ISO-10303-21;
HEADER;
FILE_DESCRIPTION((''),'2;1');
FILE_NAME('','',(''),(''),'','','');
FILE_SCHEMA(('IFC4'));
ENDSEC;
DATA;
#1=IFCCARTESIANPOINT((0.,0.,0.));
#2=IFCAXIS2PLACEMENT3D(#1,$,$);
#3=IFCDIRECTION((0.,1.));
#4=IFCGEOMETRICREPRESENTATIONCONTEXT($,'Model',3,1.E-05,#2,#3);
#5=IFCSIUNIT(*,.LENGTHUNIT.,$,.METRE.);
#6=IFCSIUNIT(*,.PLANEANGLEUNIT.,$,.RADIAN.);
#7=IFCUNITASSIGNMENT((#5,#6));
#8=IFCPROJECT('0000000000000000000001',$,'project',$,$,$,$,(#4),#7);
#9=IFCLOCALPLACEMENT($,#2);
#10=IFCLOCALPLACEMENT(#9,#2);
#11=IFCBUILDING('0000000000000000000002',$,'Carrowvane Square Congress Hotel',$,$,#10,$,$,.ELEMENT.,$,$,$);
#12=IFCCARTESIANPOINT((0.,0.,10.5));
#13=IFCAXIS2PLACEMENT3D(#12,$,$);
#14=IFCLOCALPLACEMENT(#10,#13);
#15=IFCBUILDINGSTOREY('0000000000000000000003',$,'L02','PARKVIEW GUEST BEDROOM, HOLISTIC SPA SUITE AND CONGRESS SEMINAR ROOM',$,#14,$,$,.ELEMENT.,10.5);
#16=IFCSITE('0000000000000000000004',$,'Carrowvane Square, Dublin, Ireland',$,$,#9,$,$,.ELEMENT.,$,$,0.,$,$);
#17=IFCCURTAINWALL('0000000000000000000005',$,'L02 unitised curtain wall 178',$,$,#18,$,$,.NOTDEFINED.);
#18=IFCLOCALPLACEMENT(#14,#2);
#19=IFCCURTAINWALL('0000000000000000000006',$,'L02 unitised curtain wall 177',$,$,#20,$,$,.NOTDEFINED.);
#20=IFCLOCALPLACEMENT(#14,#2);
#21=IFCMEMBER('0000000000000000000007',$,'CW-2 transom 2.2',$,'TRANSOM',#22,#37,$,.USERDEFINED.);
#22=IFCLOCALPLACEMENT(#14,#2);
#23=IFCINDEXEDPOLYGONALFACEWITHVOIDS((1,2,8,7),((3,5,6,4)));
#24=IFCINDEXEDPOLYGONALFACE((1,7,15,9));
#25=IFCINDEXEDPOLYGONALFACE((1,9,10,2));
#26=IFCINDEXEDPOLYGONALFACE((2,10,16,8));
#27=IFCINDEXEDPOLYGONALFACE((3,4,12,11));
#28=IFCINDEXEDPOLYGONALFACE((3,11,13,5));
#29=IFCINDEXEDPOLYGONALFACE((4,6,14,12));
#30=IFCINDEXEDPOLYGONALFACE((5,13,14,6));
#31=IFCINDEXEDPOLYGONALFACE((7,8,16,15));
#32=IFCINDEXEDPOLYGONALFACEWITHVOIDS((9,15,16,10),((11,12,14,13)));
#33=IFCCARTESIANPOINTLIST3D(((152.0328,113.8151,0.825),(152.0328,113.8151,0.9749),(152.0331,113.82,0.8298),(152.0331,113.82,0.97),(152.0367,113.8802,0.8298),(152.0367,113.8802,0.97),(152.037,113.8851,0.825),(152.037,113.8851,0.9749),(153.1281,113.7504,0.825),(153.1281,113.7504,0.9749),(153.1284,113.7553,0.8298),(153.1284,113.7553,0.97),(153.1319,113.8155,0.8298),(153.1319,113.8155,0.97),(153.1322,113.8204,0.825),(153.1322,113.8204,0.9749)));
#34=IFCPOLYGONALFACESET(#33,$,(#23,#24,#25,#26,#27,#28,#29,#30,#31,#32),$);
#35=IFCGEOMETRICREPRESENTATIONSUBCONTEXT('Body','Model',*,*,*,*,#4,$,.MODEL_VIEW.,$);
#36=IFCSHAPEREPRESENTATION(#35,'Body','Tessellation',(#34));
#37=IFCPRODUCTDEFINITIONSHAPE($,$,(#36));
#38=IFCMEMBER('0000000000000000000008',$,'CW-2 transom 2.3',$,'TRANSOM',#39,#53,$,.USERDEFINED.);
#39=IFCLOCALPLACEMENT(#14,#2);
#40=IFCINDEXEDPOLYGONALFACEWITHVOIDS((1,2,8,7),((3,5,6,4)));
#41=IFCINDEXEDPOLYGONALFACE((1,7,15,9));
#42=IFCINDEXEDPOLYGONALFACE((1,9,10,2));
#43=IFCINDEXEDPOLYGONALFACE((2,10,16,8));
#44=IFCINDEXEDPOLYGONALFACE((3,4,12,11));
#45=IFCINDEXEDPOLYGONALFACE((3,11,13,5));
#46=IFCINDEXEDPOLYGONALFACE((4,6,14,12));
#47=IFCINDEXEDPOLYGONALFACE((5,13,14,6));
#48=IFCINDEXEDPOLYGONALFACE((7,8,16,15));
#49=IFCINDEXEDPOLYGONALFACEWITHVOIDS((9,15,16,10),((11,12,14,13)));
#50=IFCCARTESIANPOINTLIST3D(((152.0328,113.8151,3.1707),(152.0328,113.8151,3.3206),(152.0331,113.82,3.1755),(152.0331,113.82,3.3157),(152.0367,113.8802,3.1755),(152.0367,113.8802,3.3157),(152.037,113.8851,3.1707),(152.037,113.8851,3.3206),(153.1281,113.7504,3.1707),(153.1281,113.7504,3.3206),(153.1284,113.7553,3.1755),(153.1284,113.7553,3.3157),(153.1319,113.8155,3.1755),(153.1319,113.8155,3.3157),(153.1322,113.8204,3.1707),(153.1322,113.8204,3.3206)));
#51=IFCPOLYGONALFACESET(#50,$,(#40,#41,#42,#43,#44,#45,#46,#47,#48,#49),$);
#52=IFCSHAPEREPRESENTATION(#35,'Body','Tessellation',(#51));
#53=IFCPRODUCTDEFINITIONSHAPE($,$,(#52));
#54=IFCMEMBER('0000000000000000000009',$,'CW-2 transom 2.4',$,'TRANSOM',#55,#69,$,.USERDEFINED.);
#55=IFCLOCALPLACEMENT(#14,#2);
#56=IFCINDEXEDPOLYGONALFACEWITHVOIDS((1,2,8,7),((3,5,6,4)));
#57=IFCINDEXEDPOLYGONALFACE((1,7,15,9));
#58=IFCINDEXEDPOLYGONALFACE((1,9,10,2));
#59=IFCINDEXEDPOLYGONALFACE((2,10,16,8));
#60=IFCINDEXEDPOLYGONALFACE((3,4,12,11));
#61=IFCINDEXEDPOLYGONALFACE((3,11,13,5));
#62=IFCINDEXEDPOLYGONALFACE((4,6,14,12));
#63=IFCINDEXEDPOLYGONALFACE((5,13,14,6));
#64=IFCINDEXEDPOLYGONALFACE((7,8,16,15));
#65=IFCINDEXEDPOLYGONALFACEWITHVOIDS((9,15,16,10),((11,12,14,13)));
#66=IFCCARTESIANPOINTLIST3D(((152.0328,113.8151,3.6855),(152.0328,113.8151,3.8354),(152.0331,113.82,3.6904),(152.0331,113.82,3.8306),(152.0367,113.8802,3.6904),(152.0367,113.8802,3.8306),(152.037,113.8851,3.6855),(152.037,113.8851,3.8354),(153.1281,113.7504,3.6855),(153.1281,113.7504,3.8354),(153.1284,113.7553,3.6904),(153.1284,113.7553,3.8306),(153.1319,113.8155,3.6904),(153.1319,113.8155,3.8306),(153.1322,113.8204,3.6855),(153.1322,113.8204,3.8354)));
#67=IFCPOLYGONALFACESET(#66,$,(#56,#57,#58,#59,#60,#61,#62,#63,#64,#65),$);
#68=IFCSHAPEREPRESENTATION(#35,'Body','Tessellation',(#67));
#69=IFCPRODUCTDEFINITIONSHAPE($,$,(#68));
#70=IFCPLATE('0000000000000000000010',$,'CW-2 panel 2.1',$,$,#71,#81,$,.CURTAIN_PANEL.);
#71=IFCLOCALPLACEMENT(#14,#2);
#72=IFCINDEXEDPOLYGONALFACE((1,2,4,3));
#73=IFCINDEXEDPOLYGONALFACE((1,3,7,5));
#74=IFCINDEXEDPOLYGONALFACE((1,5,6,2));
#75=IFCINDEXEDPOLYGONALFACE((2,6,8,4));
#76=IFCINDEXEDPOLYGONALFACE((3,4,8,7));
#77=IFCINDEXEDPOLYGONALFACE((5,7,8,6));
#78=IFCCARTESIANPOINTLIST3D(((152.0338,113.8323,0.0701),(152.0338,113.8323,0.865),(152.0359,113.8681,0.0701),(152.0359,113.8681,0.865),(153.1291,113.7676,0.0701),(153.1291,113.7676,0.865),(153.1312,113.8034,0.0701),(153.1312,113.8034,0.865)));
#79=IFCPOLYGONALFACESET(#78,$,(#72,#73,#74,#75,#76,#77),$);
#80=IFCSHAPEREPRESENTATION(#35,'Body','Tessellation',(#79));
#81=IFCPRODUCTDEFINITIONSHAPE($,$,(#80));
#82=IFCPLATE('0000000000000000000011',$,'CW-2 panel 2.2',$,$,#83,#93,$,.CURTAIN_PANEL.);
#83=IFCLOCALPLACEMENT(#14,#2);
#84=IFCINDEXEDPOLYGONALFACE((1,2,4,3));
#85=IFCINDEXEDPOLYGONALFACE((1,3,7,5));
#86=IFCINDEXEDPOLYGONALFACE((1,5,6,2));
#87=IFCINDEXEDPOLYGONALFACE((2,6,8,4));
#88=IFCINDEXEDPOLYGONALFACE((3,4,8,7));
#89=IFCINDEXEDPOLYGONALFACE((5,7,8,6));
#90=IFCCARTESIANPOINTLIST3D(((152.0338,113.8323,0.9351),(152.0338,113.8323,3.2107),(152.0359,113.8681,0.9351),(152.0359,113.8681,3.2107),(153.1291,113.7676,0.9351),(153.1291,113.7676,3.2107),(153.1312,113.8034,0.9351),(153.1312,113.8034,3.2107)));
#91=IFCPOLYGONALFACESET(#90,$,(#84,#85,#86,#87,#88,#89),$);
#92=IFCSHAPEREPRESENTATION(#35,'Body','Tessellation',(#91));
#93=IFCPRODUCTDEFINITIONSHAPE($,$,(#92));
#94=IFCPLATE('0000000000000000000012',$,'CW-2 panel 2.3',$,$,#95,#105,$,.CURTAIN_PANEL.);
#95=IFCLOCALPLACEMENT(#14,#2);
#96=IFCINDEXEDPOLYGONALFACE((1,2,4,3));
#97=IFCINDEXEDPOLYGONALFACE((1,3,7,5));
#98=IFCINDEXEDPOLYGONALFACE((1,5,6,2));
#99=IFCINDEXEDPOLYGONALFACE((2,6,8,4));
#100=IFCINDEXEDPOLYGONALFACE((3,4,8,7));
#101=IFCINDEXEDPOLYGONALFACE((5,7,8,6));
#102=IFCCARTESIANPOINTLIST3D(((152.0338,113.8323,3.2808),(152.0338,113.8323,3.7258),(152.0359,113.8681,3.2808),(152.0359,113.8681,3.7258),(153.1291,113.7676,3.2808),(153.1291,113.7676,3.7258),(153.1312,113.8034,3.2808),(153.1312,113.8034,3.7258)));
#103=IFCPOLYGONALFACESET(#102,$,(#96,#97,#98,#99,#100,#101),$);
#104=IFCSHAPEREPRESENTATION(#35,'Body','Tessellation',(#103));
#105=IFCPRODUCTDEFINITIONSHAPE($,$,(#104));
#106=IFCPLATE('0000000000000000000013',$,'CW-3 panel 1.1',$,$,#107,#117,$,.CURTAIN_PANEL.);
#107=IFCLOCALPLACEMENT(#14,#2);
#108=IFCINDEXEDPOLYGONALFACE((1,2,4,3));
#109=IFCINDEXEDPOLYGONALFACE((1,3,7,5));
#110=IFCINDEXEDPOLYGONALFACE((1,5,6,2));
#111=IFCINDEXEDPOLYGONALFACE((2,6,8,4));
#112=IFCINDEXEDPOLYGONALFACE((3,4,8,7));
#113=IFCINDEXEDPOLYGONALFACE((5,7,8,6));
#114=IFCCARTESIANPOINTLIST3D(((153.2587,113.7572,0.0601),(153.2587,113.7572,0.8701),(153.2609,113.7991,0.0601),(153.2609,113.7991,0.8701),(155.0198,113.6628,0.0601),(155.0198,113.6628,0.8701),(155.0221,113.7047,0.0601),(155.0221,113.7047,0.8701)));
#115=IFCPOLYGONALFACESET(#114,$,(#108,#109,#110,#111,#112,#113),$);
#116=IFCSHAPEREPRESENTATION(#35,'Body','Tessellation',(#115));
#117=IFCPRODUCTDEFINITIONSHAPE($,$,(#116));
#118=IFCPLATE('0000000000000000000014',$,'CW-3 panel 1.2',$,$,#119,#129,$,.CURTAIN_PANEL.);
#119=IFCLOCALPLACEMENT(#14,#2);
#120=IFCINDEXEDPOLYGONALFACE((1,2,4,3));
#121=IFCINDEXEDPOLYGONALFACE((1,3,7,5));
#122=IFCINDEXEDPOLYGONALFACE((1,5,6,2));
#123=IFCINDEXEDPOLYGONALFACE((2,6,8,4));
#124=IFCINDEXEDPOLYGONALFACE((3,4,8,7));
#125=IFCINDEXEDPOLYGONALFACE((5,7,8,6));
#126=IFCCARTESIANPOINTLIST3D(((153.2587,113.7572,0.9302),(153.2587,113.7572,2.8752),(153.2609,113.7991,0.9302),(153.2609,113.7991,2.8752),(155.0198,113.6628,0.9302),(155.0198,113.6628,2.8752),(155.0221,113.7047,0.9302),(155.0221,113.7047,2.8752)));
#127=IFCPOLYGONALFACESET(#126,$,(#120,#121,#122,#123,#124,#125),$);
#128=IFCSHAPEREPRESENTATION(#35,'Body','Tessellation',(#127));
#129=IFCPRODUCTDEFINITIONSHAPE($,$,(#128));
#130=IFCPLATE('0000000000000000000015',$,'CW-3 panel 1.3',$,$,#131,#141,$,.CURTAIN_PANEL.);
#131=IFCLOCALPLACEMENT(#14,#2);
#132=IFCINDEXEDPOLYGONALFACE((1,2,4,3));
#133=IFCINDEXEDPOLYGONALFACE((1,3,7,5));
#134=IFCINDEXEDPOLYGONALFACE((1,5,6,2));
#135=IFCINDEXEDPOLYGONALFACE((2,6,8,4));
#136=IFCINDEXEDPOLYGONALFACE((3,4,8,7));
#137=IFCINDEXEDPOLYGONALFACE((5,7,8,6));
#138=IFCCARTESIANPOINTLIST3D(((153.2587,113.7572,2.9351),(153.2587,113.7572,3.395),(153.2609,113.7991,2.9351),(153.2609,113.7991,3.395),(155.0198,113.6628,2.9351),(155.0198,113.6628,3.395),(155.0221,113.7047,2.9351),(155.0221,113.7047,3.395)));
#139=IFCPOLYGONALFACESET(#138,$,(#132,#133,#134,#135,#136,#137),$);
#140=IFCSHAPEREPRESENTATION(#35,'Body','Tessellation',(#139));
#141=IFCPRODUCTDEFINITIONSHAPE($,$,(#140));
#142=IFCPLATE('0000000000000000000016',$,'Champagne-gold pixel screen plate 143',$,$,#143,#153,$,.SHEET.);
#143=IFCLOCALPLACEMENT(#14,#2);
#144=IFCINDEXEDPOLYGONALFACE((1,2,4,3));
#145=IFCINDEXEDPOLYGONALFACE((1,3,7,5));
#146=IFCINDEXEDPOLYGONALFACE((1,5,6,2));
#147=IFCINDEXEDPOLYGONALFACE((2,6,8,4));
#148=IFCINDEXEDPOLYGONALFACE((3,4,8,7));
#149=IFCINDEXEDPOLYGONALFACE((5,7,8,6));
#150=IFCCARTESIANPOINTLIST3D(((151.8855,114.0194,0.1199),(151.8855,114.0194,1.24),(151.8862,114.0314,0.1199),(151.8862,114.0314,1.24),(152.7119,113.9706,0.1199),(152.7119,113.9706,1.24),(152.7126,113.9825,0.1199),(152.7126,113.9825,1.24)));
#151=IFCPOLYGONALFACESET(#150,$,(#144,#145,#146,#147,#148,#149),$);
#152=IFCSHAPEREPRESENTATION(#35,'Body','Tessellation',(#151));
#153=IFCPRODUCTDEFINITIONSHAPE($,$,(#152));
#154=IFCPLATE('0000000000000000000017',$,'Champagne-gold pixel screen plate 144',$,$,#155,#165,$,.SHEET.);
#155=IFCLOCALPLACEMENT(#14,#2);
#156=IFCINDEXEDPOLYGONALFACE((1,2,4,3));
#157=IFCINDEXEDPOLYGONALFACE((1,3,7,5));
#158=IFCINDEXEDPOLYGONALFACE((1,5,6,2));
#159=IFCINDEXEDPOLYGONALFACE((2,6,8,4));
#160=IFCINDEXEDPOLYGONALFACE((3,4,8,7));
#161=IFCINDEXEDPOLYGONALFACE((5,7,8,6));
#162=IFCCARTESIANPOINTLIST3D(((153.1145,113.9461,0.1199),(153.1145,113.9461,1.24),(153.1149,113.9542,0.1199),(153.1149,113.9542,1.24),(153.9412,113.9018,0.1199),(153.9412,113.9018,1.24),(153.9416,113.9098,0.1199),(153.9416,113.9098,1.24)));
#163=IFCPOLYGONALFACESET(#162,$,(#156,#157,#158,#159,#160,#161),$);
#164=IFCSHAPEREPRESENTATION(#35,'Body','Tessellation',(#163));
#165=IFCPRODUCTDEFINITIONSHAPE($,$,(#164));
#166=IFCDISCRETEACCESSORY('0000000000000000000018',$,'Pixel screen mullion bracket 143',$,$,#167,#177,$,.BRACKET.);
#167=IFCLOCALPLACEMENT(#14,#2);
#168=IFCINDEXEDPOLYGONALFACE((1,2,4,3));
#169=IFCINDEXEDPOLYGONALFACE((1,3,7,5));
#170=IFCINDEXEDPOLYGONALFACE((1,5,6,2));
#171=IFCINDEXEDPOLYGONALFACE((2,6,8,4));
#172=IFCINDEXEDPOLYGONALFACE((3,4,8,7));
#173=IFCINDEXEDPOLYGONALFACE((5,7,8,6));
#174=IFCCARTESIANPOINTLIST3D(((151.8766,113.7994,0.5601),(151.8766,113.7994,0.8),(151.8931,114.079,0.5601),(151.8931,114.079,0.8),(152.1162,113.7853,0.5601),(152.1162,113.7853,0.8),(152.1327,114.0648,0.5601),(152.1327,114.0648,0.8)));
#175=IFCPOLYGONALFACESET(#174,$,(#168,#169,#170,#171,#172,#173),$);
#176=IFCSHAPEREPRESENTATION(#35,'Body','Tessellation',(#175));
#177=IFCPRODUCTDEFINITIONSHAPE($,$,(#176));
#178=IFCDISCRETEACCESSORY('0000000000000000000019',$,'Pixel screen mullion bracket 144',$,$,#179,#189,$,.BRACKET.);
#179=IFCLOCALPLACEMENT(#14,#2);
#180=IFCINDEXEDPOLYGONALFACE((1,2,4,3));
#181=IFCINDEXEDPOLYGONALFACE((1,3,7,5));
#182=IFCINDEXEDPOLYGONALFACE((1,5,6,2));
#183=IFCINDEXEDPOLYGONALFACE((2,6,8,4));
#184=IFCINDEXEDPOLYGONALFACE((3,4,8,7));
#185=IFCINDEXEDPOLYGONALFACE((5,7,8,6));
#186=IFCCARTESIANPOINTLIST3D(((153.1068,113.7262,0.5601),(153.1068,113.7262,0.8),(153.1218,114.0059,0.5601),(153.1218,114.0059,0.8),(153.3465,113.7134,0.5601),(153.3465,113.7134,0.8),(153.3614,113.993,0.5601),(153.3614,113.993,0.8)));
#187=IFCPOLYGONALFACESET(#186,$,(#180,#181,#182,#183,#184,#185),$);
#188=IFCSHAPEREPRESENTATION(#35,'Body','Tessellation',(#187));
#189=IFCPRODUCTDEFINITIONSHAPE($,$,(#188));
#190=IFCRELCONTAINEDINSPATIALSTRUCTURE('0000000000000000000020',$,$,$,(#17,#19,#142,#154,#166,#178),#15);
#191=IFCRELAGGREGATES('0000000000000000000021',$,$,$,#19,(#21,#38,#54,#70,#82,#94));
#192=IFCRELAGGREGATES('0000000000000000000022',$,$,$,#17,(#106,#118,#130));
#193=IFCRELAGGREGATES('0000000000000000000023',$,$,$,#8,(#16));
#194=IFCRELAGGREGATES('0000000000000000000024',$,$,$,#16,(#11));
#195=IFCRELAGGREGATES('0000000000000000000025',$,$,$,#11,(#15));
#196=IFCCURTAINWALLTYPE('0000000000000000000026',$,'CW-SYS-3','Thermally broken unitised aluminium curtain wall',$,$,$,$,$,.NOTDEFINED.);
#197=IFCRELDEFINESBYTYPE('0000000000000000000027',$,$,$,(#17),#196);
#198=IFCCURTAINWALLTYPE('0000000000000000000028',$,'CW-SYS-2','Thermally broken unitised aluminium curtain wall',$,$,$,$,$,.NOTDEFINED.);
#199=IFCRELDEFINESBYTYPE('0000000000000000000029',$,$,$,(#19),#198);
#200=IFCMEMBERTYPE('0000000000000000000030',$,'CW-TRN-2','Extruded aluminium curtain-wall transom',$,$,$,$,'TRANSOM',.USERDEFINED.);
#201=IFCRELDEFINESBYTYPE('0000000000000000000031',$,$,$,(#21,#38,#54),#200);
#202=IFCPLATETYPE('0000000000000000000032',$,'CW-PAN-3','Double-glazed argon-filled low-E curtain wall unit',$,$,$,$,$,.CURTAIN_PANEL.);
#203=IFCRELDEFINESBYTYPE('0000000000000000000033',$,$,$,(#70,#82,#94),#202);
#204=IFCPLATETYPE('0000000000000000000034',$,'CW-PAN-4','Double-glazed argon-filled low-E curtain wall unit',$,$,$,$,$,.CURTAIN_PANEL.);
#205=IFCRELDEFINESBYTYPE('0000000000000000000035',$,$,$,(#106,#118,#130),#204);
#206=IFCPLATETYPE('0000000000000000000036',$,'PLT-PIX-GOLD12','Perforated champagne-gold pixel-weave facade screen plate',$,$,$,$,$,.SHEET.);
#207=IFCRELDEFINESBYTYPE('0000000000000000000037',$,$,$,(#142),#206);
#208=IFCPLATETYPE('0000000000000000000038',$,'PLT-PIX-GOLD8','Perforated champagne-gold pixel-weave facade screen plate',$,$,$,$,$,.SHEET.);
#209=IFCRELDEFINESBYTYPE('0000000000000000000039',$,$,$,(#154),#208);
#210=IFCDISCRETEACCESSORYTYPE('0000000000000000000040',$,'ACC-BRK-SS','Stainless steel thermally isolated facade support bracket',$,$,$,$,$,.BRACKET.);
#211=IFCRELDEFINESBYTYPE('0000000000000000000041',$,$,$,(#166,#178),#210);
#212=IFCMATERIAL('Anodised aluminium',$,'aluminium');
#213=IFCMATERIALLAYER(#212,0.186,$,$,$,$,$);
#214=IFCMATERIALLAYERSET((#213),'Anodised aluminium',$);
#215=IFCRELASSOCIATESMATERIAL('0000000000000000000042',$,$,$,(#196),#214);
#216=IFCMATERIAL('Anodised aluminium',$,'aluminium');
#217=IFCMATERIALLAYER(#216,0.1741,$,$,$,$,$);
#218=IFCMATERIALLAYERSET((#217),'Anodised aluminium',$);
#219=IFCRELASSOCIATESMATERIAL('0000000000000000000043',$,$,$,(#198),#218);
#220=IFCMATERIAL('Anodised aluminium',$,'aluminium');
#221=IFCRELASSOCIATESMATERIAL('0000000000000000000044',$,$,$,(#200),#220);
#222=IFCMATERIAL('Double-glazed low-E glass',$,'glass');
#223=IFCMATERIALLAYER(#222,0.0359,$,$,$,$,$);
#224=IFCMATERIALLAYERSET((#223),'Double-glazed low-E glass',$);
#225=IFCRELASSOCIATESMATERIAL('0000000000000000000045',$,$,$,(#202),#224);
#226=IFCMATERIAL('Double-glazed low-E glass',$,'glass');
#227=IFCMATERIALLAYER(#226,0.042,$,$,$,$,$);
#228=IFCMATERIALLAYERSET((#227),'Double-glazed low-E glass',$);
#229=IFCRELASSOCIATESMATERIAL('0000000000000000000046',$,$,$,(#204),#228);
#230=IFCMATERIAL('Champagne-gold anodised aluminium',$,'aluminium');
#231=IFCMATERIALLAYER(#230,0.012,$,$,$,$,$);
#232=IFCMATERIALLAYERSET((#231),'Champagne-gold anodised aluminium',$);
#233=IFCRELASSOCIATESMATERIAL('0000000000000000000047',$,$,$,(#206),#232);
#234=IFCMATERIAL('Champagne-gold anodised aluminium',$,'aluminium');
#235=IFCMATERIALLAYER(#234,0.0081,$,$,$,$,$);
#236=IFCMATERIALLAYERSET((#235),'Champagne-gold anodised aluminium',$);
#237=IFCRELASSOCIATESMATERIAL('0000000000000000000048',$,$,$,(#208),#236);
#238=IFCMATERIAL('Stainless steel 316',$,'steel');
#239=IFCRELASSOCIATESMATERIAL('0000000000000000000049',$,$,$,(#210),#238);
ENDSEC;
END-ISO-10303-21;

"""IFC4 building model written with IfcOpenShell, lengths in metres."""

from ifc_helpers import new_model, si_unit, direction, frame, origin, origin_2d, place, context, subcontext, project, spatial, rectangle, hollow_rectangle, extrude, material, layer, layer_set, material_profile, profile_set, type_object, element, aggregate, save


model = new_model("IFC4")

# Units and contexts
model_context = context("Model", 3, precision=1e-05, world=origin(), true_north=direction((0.0, 1.0)))
body_context = subcontext(model_context, "Body", "Model", "MODEL_VIEW")
ifc_project = project(units=[si_unit("LENGTHUNIT", "METRE"), si_unit("PLANEANGLEUNIT", "RADIAN")], contexts=[model_context])

# Site, building, storey
site_placement = place(None, origin())
site = spatial("IfcSite", under=ifc_project, at=site_placement, Name="Carrowvane Square, Dublin, Ireland", CompositionType="ELEMENT", RefElevation=0.0)
building_placement = place(site_placement, origin())
building = spatial("IfcBuilding", under=site, at=building_placement, Name="Carrowvane Square Congress Hotel", CompositionType="ELEMENT")
storey_placement = place(building_placement, frame((0.0, 0.0, 10.5)))
storey = spatial("IfcBuildingStorey", under=building, at=storey_placement, Name="L02", Description="PARKVIEW GUEST BEDROOM, HOLISTIC SPA SUITE AND CONGRESS SEMINAR ROOM", CompositionType="ELEMENT", Elevation=10.5)

# Curtain walls
ifc_material_1 = material(Name="Anodised aluminium", Category="aluminium")
ifc_layer_1 = layer(ifc_material_1, 0.186)
ifc_layer_set_1 = layer_set([ifc_layer_1], Name="Anodised aluminium")
curtain_wall_type_1 = type_object("IfcCurtainWallType", Name="CW-SYS-3", Description="Thermally broken unitised aluminium curtain wall", PredefinedType="NOTDEFINED", material=ifc_layer_set_1)
curtain_wall_1_placement = place(storey_placement, origin())
curtain_wall_1 = element("IfcCurtainWall", 1, at=curtain_wall_1_placement, inside=storey, type_object=curtain_wall_type_1, Name="L02 unitised curtain wall 178", PredefinedType="NOTDEFINED")
ifc_material_2 = material(Name="Anodised aluminium", Category="aluminium")
ifc_layer_2 = layer(ifc_material_2, 0.1741)
ifc_layer_set_2 = layer_set([ifc_layer_2], Name="Anodised aluminium")
curtain_wall_type_2 = type_object("IfcCurtainWallType", Name="CW-SYS-2", Description="Thermally broken unitised aluminium curtain wall", PredefinedType="NOTDEFINED", material=ifc_layer_set_2)
curtain_wall_2_placement = place(storey_placement, origin())
curtain_wall_2 = element("IfcCurtainWall", 2, at=curtain_wall_2_placement, inside=storey, type_object=curtain_wall_type_2, Name="L02 unitised curtain wall 177", PredefinedType="NOTDEFINED")

# Members
ifc_material_3 = material(Name="Anodised aluminium", Category="aluminium")
ifc_material_profile_1 = material_profile(ifc_material_3, hollow_rectangle(XDim=0.0701, YDim=0.1499, WallThickness=0.0049, at=origin_2d()), Name="CW-TR 70x150x5")
ifc_profile_set_1 = profile_set([ifc_material_profile_1], Name="Anodised aluminium")
member_type_1 = type_object("IfcMemberType", Name="CW-TRN-2", Description="Extruded aluminium curtain-wall transom", ElementType="TRANSOM", PredefinedType="USERDEFINED", material=ifc_profile_set_1)
member_1_placement = place(storey_placement, frame((152.0349, 113.8501, 0.8999), z_axis=(0.99826, -0.05897, 0.0), x_axis=(0.05897, 0.99826, 0.0)))
member_1 = element("IfcMember", 3, at=member_1_placement, type_object=member_type_1, Name="CW-2 transom 2.2", ObjectType="TRANSOM", PredefinedType="USERDEFINED", context=body_context, shape_type="SweptSolid", body=[
    extrude(hollow_rectangle(XDim=0.0701, YDim=0.1499, WallThickness=0.0049, at=origin_2d()), origin(), (0.0, 0.0, 1.0), 1.0972),
])
member_2_placement = place(storey_placement, frame((152.0349, 113.8501, 3.2456), z_axis=(0.99826, -0.05897, 0.0), x_axis=(0.05897, 0.99826, 0.0)))
member_2 = element("IfcMember", 4, at=member_2_placement, type_object=member_type_1, Name="CW-2 transom 2.3", ObjectType="TRANSOM", PredefinedType="USERDEFINED", context=body_context, shape_type="SweptSolid", body=[
    extrude(hollow_rectangle(XDim=0.0701, YDim=0.1499, WallThickness=0.0049, at=origin_2d()), origin(), (0.0, 0.0, 1.0), 1.0972),
])
member_3_placement = place(storey_placement, frame((152.0349, 113.8501, 3.7605), z_axis=(0.99826, -0.05897, 0.0), x_axis=(0.05897, 0.99826, 0.0)))
member_3 = element("IfcMember", 5, at=member_3_placement, type_object=member_type_1, Name="CW-2 transom 2.4", ObjectType="TRANSOM", PredefinedType="USERDEFINED", context=body_context, shape_type="SweptSolid", body=[
    extrude(hollow_rectangle(XDim=0.0701, YDim=0.1499, WallThickness=0.0049, at=origin_2d()), origin(), (0.0, 0.0, 1.0), 1.0972),
])

# Plates
ifc_material_4 = material(Name="Double-glazed low-E glass", Category="glass")
ifc_layer_3 = layer(ifc_material_4, 0.0359)
ifc_layer_set_3 = layer_set([ifc_layer_3], Name="Double-glazed low-E glass")
plate_type_1 = type_object("IfcPlateType", Name="CW-PAN-3", Description="Double-glazed argon-filled low-E curtain wall unit", PredefinedType="CURTAIN_PANEL", material=ifc_layer_set_3)
plate_1_placement = place(storey_placement, frame((152.5825, 113.8179, 0.0701), z_axis=(0.0, 0.0, 1.0), x_axis=(0.998259, -0.058989, 0.0)))
plate_1 = element("IfcPlate", 6, at=plate_1_placement, type_object=plate_type_1, Name="CW-2 panel 2.1", PredefinedType="CURTAIN_PANEL", context=body_context, shape_type="SweptSolid", body=[
    extrude(rectangle(XDim=1.0972, YDim=0.0359, at=origin_2d()), origin(), (0.0, 0.0, 1.0), 0.7949),
])
plate_2_placement = place(storey_placement, frame((152.5825, 113.8179, 0.9351), z_axis=(0.0, 0.0, 1.0), x_axis=(0.998259, -0.058989, 0.0)))
plate_2 = element("IfcPlate", 7, at=plate_2_placement, type_object=plate_type_1, Name="CW-2 panel 2.2", PredefinedType="CURTAIN_PANEL", context=body_context, shape_type="SweptSolid", body=[
    extrude(rectangle(XDim=1.0972, YDim=0.0359, at=origin_2d()), origin(), (0.0, 0.0, 1.0), 2.2756),
])
plate_3_placement = place(storey_placement, frame((152.5825, 113.8179, 3.2808), z_axis=(0.0, 0.0, 1.0), x_axis=(0.998259, -0.058989, 0.0)))
plate_3 = element("IfcPlate", 8, at=plate_3_placement, type_object=plate_type_1, Name="CW-2 panel 2.3", PredefinedType="CURTAIN_PANEL", context=body_context, shape_type="SweptSolid", body=[
    extrude(rectangle(XDim=1.0972, YDim=0.0359, at=origin_2d()), origin(), (0.0, 0.0, 1.0), 0.4451),
])
aggregate(curtain_wall_2, [member_1, member_2, member_3, plate_1, plate_2, plate_3])
ifc_material_5 = material(Name="Double-glazed low-E glass", Category="glass")
ifc_layer_4 = layer(ifc_material_5, 0.042)
ifc_layer_set_4 = layer_set([ifc_layer_4], Name="Double-glazed low-E glass")
plate_type_2 = type_object("IfcPlateType", Name="CW-PAN-4", Description="Double-glazed argon-filled low-E curtain wall unit", PredefinedType="CURTAIN_PANEL", material=ifc_layer_set_4)
plate_4_placement = place(storey_placement, frame((154.1404, 113.731, 0.0601), z_axis=(0.0, 0.0, 1.0), x_axis=(0.998567, -0.053517, 0.0)))
plate_4 = element("IfcPlate", 9, at=plate_4_placement, type_object=plate_type_2, Name="CW-3 panel 1.1", PredefinedType="CURTAIN_PANEL", context=body_context, shape_type="SweptSolid", body=[
    extrude(rectangle(XDim=1.7637, YDim=0.042, at=origin_2d()), origin(), (0.0, 0.0, 1.0), 0.8101),
])
plate_5_placement = place(storey_placement, frame((154.1404, 113.731, 0.9302), z_axis=(0.0, 0.0, 1.0), x_axis=(0.998567, -0.053517, 0.0)))
plate_5 = element("IfcPlate", 10, at=plate_5_placement, type_object=plate_type_2, Name="CW-3 panel 1.2", PredefinedType="CURTAIN_PANEL", context=body_context, shape_type="SweptSolid", body=[
    extrude(rectangle(XDim=1.7637, YDim=0.042, at=origin_2d()), origin(), (0.0, 0.0, 1.0), 1.9451),
])
plate_6_placement = place(storey_placement, frame((154.1404, 113.731, 2.9351), z_axis=(0.0, 0.0, 1.0), x_axis=(0.998567, -0.053517, 0.0)))
plate_6 = element("IfcPlate", 11, at=plate_6_placement, type_object=plate_type_2, Name="CW-3 panel 1.3", PredefinedType="CURTAIN_PANEL", context=body_context, shape_type="SweptSolid", body=[
    extrude(rectangle(XDim=1.7637, YDim=0.042, at=origin_2d()), origin(), (0.0, 0.0, 1.0), 0.46),
])
aggregate(curtain_wall_1, [plate_4, plate_5, plate_6])

# Plates
ifc_material_6 = material(Name="Champagne-gold anodised aluminium", Category="aluminium")
ifc_layer_5 = layer(ifc_material_6, 0.012)
ifc_layer_set_5 = layer_set([ifc_layer_5], Name="Champagne-gold anodised aluminium")
plate_type_3 = type_object("IfcPlateType", Name="PLT-PIX-GOLD12", Description="Perforated champagne-gold pixel-weave facade screen plate", PredefinedType="SHEET", material=ifc_layer_set_5)
plate_7_placement = place(storey_placement, frame((152.2991, 114.001, 0.1199), z_axis=(0.0, 0.0, 1.0), x_axis=(0.998259, -0.058985, 0.0)))
element("IfcPlate", 12, at=plate_7_placement, inside=storey, type_object=plate_type_3, Name="Champagne-gold pixel screen plate 143", PredefinedType="SHEET", context=body_context, shape_type="SweptSolid", body=[
    extrude(rectangle(XDim=0.8279, YDim=0.012, at=origin_2d()), origin(), (0.0, 0.0, 1.0), 1.1201),
])
ifc_material_7 = material(Name="Champagne-gold anodised aluminium", Category="aluminium")
ifc_layer_6 = layer(ifc_material_7, 0.0081)
ifc_layer_set_6 = layer_set([ifc_layer_6], Name="Champagne-gold anodised aluminium")
plate_type_4 = type_object("IfcPlateType", Name="PLT-PIX-GOLD8", Description="Perforated champagne-gold pixel-weave facade screen plate", PredefinedType="SHEET", material=ifc_layer_set_6)
plate_8_placement = place(storey_placement, frame((153.5281, 113.928, 0.1199), z_axis=(0.0, 0.0, 1.0), x_axis=(0.998567, -0.053517, 0.0)))
element("IfcPlate", 13, at=plate_8_placement, inside=storey, type_object=plate_type_4, Name="Champagne-gold pixel screen plate 144", PredefinedType="SHEET", context=body_context, shape_type="SweptSolid", body=[
    extrude(rectangle(XDim=0.8279, YDim=0.0081, at=origin_2d()), origin(), (0.0, 0.0, 1.0), 1.1201),
])

# Discrete accessories
ifc_material_8 = material(Name="Stainless steel 316", Category="steel")
discrete_accessory_type = type_object("IfcDiscreteAccessoryType", Name="ACC-BRK-SS", Description="Stainless steel thermally isolated facade support bracket", PredefinedType="BRACKET", material=ifc_material_8)
for number, where, z_axis, x_axis, name in (
    (14, (152.0046, 113.9321, 0.5601), (0.0, 0.0, 1.0), (0.998259, -0.058985, 0.0), "Pixel screen mullion bracket 143"),
    (15, (153.2341, 113.8596, 0.5601), (0.0, 0.0, 1.0), (0.998567, -0.053517, 0.0), "Pixel screen mullion bracket 144"),
):
    element("IfcDiscreteAccessory", number, at=place(storey_placement, frame(where, z_axis=z_axis, x_axis=x_axis)), inside=storey, type_object=discrete_accessory_type, Name=name, PredefinedType="BRACKET", context=body_context, shape_type="SweptSolid", body=[
        extrude(rectangle(XDim=0.24, YDim=0.28, at=origin_2d()), origin(), (0.0, 0.0, 1.0), 0.24),
    ])

save(model, "model.ifc")
